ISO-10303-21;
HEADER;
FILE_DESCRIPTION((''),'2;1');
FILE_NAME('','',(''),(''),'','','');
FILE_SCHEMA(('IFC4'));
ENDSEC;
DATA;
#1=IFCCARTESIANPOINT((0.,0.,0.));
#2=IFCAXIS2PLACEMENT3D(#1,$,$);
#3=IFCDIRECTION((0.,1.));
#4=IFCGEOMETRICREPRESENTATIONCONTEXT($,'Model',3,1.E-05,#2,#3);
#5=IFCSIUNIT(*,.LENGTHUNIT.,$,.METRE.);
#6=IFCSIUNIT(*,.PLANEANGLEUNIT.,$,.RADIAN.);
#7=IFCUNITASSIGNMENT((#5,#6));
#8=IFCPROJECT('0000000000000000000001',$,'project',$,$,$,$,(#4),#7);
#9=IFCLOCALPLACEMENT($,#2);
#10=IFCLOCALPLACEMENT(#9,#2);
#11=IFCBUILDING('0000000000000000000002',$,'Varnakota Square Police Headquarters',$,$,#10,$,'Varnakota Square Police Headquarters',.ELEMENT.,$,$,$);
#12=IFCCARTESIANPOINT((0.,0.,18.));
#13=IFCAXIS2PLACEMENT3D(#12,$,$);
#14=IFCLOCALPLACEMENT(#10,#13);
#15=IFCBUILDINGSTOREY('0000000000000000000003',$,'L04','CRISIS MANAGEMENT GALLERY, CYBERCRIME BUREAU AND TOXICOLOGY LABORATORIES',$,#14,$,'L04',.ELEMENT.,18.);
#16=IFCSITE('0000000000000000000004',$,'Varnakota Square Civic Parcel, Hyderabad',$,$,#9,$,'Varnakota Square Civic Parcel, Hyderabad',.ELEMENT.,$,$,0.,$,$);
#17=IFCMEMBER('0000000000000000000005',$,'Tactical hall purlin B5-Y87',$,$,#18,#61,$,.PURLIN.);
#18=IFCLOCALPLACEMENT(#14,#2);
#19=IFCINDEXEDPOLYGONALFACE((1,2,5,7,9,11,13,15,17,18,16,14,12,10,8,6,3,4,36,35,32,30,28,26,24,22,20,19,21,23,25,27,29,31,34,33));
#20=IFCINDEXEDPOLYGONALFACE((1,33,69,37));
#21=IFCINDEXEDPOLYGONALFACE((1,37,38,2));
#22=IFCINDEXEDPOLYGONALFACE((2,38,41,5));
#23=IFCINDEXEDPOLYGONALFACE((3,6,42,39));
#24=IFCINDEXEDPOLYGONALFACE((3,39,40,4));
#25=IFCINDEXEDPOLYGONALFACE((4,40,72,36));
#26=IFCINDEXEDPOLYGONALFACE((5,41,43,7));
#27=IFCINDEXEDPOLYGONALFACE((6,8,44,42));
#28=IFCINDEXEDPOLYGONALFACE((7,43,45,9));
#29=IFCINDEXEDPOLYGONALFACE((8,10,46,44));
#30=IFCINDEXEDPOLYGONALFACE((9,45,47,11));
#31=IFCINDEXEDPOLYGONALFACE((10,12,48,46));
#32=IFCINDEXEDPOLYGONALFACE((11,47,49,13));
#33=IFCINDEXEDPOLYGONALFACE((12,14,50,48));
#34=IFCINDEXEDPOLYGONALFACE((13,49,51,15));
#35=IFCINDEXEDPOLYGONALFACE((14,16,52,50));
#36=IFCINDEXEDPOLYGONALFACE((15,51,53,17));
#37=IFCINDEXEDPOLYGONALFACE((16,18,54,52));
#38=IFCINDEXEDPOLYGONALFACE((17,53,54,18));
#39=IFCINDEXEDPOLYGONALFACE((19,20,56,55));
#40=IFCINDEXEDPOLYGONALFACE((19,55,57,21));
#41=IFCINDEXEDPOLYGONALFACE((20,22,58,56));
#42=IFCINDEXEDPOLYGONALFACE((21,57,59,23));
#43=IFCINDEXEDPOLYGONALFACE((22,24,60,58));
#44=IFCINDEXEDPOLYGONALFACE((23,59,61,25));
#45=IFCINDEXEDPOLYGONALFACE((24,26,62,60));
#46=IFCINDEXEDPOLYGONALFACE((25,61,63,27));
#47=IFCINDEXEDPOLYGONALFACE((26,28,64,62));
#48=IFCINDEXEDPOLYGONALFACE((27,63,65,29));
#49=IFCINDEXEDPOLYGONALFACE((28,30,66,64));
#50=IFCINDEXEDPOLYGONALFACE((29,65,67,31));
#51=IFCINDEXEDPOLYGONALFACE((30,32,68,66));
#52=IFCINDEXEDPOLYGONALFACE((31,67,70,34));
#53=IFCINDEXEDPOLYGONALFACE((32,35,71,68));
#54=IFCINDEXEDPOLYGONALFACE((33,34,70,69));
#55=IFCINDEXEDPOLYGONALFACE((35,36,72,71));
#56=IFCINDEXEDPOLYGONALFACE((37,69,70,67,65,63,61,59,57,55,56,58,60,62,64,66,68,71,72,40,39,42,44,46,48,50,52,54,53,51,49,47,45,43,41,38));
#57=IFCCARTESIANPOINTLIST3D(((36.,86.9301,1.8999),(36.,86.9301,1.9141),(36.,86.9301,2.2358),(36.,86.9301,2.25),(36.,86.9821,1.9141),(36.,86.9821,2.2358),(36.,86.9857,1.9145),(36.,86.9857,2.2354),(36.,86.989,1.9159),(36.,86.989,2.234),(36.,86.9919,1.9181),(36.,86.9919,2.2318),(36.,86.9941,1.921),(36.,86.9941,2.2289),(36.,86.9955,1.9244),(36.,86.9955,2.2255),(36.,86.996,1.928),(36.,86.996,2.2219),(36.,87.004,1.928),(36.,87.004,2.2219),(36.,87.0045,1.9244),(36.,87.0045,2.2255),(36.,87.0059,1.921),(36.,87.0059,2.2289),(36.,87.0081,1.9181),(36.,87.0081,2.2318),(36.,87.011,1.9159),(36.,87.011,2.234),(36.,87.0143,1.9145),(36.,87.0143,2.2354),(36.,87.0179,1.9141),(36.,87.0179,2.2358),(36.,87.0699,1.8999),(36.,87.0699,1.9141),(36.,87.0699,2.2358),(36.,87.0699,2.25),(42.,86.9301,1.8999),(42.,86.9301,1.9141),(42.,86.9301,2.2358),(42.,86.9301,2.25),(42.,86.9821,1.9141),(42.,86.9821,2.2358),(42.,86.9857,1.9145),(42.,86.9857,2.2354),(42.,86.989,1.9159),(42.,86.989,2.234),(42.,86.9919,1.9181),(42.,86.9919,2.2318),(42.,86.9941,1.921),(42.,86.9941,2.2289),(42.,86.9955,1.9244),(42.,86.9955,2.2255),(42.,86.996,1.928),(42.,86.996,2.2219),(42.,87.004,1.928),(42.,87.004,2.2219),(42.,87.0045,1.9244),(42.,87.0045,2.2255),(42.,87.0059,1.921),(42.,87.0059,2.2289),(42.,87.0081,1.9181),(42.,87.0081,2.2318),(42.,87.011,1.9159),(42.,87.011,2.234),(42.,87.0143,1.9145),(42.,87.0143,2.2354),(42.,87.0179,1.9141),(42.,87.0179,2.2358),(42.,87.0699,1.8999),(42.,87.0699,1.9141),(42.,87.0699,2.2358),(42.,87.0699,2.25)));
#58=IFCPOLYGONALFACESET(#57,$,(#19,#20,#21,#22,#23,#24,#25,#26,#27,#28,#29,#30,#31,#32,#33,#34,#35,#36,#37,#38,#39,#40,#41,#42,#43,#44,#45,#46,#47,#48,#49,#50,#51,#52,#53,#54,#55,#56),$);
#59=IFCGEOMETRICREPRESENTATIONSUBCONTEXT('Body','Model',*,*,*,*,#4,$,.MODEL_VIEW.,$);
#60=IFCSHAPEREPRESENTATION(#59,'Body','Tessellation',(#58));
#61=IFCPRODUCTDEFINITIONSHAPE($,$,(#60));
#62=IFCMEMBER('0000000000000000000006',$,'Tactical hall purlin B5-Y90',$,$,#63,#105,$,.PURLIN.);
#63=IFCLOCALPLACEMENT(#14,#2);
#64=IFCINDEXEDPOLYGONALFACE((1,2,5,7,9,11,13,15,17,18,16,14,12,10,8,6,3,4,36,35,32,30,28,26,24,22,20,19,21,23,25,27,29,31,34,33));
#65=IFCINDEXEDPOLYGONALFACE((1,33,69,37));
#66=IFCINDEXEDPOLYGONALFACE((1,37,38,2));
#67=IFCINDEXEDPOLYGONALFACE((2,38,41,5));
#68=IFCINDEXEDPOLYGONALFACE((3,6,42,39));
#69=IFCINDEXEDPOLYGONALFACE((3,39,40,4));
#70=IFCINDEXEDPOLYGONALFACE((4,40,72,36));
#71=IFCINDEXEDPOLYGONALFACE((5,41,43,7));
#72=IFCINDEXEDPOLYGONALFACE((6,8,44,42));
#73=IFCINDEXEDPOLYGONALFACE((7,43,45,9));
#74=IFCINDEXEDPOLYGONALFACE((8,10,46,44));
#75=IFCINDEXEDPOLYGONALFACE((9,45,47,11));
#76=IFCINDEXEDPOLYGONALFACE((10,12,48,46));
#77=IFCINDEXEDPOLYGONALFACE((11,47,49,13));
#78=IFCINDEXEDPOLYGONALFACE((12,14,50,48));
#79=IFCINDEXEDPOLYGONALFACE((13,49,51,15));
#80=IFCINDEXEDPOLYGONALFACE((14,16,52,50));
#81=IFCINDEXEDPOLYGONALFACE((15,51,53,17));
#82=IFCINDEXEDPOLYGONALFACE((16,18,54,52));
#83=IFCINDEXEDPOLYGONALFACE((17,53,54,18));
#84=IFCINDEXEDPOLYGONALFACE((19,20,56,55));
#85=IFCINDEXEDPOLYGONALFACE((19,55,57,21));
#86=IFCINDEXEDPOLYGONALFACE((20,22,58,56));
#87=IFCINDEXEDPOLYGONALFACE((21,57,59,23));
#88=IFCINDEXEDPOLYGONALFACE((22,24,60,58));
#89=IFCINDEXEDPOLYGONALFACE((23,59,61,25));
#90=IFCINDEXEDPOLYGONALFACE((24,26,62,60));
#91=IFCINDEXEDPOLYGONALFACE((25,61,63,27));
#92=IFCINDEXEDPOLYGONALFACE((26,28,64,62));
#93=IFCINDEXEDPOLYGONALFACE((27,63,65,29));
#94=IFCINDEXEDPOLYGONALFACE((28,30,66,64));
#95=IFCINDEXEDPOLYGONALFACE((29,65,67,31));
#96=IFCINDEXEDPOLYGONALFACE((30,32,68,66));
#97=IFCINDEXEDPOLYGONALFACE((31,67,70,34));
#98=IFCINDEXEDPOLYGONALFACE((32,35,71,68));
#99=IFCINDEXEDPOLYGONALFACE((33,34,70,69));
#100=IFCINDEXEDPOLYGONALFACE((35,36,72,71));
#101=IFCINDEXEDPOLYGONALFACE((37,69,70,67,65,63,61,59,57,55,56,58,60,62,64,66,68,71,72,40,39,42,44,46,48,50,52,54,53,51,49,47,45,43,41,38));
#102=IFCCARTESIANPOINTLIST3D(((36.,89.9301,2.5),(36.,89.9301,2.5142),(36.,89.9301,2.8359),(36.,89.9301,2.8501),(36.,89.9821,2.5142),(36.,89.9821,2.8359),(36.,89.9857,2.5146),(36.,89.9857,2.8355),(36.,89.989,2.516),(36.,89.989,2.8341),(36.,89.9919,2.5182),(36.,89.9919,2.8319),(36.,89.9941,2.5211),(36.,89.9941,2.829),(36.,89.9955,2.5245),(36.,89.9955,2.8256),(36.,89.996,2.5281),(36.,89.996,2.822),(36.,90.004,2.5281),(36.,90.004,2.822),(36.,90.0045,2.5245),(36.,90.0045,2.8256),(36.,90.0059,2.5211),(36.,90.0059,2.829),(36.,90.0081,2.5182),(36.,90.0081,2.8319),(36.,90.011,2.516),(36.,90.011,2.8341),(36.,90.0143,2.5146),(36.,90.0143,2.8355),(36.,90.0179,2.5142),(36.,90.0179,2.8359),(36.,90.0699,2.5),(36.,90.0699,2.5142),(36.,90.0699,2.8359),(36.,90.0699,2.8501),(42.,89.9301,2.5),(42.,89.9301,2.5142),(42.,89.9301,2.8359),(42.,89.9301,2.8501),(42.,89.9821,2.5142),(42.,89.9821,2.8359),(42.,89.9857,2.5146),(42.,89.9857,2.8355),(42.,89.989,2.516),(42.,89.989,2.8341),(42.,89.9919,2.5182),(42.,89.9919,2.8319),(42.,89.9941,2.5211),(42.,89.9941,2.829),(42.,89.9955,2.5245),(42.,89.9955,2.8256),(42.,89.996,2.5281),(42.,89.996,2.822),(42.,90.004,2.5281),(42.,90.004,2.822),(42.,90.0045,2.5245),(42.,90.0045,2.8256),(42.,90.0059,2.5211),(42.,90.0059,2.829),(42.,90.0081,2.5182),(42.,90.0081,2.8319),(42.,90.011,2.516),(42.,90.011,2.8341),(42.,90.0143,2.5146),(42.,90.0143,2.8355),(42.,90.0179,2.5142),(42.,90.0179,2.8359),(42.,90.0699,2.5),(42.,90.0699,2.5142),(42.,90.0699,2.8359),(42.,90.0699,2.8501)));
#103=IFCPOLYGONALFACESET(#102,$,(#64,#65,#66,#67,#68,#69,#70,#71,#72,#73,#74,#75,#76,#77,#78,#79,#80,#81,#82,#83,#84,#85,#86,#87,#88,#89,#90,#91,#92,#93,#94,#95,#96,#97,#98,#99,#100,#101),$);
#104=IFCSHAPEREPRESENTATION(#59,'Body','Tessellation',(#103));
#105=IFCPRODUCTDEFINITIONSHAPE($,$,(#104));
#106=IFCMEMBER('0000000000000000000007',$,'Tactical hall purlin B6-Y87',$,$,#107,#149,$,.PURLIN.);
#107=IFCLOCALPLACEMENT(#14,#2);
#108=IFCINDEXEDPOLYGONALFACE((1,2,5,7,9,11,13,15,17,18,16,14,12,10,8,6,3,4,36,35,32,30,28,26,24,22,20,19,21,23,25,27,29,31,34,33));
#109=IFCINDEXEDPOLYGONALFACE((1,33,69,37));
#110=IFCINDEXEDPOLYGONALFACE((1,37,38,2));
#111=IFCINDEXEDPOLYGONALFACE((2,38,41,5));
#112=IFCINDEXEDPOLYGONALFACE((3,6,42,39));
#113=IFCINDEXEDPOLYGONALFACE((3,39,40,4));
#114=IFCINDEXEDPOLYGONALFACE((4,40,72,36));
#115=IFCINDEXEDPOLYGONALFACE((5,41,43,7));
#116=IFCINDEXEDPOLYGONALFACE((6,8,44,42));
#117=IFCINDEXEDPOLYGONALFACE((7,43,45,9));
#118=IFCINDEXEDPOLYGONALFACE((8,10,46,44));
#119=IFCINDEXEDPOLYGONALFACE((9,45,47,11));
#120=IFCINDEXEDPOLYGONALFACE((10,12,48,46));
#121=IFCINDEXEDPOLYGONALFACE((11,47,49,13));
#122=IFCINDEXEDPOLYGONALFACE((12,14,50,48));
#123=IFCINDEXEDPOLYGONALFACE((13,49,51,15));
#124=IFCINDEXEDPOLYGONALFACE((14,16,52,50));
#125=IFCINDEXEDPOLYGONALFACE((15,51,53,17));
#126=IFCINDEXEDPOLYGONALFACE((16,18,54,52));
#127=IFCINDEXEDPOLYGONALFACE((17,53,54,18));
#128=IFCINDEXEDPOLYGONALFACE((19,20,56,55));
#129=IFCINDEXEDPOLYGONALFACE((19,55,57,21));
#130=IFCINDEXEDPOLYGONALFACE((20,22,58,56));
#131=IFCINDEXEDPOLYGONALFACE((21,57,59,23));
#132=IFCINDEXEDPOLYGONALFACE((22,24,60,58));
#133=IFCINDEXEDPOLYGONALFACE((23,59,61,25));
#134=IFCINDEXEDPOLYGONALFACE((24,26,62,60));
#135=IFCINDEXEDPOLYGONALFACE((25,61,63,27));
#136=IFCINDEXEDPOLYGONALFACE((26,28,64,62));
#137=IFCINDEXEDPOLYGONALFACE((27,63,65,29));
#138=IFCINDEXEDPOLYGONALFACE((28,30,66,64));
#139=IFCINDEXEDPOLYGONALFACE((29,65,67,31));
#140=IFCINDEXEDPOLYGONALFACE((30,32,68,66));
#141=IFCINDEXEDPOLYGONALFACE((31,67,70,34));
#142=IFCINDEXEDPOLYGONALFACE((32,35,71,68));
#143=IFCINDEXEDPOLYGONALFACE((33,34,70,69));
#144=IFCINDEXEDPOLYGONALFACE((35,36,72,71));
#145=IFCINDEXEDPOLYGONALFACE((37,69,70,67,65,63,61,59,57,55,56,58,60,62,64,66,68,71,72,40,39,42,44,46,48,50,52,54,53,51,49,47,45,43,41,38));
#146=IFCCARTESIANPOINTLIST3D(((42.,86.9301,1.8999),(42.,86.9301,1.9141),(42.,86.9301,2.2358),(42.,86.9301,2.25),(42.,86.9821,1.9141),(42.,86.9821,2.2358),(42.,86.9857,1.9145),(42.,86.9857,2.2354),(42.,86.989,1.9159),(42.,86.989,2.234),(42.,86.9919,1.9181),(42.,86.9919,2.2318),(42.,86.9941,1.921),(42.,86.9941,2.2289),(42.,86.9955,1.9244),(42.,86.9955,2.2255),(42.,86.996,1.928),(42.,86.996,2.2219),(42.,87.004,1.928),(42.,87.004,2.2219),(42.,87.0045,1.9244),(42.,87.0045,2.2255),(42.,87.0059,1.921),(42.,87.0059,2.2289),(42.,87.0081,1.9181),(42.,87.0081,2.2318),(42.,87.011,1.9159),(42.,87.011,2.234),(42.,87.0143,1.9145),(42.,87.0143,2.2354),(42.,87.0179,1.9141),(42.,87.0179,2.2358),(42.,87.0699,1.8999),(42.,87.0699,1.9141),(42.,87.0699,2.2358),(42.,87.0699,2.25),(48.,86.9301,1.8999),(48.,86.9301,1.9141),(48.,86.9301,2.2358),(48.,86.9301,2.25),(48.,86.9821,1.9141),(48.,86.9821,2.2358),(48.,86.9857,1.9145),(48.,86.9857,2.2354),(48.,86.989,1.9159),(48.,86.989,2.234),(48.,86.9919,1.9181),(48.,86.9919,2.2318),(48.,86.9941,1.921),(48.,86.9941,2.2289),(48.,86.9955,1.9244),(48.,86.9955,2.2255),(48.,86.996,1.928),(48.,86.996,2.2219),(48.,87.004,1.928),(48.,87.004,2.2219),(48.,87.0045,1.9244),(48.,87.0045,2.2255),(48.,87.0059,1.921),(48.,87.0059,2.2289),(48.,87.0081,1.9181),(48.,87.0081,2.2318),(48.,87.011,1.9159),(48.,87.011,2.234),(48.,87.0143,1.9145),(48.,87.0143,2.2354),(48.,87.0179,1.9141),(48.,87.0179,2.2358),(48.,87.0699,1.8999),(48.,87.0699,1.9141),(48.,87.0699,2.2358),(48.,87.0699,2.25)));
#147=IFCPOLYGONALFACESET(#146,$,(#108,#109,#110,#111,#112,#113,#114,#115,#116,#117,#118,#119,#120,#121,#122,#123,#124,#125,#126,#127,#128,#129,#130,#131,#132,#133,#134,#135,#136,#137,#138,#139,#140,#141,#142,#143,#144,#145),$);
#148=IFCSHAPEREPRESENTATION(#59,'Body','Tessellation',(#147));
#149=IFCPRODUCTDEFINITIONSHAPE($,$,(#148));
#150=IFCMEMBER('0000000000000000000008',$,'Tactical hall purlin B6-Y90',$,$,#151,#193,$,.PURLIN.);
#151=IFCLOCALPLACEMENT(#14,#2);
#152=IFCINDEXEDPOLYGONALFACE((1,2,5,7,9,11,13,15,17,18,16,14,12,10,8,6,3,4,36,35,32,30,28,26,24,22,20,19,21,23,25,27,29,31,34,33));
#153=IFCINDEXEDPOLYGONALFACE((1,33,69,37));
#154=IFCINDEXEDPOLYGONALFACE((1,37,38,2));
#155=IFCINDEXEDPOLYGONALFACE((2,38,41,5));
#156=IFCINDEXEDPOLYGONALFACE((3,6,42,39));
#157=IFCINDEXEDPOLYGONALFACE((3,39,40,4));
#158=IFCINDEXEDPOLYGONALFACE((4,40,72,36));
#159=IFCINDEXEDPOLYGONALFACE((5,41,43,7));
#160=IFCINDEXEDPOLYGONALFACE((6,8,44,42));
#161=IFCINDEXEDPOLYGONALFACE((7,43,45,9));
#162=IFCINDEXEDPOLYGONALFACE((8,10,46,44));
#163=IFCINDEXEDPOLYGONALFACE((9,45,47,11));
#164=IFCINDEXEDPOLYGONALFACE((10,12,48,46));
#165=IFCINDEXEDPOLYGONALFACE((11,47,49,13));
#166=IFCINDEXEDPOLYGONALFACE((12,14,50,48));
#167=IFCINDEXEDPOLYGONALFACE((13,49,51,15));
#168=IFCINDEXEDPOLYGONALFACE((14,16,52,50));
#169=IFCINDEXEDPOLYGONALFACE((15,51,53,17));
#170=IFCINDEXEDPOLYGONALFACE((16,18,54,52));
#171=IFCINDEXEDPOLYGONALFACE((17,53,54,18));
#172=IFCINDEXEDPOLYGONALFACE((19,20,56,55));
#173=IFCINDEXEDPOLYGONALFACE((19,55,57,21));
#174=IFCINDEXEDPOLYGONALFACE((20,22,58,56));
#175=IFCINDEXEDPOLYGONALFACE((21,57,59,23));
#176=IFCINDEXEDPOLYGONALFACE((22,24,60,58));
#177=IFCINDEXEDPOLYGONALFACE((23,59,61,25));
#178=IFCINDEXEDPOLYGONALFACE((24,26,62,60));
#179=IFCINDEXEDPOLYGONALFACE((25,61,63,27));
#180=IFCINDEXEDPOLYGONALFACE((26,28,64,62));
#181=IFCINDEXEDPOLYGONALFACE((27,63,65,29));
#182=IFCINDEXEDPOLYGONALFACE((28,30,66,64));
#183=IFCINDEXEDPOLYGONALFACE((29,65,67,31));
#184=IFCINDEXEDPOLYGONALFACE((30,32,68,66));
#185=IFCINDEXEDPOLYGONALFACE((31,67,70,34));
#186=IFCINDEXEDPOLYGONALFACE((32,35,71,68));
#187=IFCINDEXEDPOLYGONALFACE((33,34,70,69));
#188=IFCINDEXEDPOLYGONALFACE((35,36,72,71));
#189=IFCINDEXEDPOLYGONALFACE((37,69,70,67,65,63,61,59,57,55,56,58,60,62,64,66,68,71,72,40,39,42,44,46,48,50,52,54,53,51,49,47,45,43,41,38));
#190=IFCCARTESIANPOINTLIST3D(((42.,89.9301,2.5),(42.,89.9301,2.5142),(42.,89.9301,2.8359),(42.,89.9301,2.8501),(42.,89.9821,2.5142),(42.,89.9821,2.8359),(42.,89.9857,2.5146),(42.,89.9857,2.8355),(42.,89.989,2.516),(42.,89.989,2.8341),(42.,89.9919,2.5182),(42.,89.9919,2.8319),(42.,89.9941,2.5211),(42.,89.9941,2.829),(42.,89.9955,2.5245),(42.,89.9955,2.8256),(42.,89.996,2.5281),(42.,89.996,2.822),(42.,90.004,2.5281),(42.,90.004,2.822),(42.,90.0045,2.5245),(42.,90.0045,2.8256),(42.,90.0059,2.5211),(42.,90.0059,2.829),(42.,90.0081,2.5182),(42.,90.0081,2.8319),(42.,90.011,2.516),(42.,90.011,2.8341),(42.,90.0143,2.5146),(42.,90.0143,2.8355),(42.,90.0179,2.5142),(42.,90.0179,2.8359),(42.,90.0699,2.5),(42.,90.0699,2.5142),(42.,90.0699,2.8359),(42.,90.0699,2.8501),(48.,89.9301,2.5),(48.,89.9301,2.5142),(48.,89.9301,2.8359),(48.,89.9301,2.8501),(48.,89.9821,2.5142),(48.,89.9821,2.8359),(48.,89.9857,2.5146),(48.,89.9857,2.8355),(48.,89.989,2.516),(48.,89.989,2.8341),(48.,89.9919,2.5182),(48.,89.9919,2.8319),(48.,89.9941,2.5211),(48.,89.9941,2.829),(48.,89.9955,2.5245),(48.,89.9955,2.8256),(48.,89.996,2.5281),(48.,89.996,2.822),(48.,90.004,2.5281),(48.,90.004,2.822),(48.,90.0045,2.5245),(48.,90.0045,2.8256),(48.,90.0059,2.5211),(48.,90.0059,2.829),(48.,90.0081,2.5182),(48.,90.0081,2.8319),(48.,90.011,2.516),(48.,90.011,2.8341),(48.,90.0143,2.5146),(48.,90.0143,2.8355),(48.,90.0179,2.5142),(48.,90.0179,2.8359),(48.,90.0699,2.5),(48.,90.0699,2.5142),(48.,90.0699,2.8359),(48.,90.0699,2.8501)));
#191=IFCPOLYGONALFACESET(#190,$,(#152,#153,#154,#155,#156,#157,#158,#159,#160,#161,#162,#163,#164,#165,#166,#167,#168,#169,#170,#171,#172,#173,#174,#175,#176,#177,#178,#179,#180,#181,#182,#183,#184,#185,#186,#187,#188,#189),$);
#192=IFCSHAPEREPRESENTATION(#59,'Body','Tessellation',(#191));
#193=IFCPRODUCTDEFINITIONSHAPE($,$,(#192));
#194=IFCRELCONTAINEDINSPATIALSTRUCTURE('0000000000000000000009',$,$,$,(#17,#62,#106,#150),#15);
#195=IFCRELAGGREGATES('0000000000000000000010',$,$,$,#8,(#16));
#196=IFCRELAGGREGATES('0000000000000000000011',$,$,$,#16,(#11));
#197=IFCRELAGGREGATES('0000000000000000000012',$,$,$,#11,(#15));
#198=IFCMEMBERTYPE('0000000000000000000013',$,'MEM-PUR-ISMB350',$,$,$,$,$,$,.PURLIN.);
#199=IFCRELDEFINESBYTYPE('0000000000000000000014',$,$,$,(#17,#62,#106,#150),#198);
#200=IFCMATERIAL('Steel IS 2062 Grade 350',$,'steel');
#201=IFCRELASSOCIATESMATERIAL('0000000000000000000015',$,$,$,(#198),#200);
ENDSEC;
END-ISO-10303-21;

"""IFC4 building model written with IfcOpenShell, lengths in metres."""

from ifc_helpers import new_model, si_unit, direction, frame, origin, origin_2d, place, context, subcontext, project, spatial, i_section, extrude, material, material_profile, profile_set, type_object, element, save


model = new_model("IFC4")

# Units and contexts
model_context = context("Model", 3, precision=1e-05, world=origin(), true_north=direction((0.0, 1.0)))
body_context = subcontext(model_context, "Body", "Model", "MODEL_VIEW")
ifc_project = project(units=[si_unit("LENGTHUNIT", "METRE"), si_unit("PLANEANGLEUNIT", "RADIAN")], contexts=[model_context])

# Site, building, storey
site_placement = place(None, origin())
site = spatial("IfcSite", under=ifc_project, at=site_placement, Name="Varnakota Square Civic Parcel, Hyderabad", LongName="Varnakota Square Civic Parcel, Hyderabad", CompositionType="ELEMENT", RefElevation=0.0)
building_placement = place(site_placement, origin())
building = spatial("IfcBuilding", under=site, at=building_placement, Name="Varnakota Square Police Headquarters", LongName="Varnakota Square Police Headquarters", CompositionType="ELEMENT")
storey_placement = place(building_placement, frame((0.0, 0.0, 18.0)))
storey = spatial("IfcBuildingStorey", under=building, at=storey_placement, Name="L04", Description="CRISIS MANAGEMENT GALLERY, CYBERCRIME BUREAU AND TOXICOLOGY LABORATORIES", LongName="L04", CompositionType="ELEMENT", Elevation=18.0)

# Shared definitions
ifc_material_1 = material(Name="Steel IS 2062 Grade 350", Category="steel")

# Members
ifc_material_profile_1 = material_profile(ifc_material_1, i_section(OverallWidth=0.1399, OverallDepth=0.3501, WebThickness=0.0081, FlangeThickness=0.0142, FilletRadius=0.0139, at=origin_2d()), Name="ISMB 350")
ifc_profile_set_1 = profile_set([ifc_material_profile_1], Name="Steel IS 2062 Grade 350")
member_type_1 = type_object("IfcMemberType", Name="MEM-PUR-ISMB350", PredefinedType="PURLIN", material=ifc_profile_set_1)
for number, where, z_axis, x_axis, name in (
    (1, (36.0, 87.0, 2.075), (1.0, 0.0, 0.0), (0.0, 1.0, 0.0), "Tactical hall purlin B5-Y87"),
    (2, (36.0, 90.0, 2.675), (1.0, 0.0, 0.0), (0.0, 1.0, 0.0), "Tactical hall purlin B5-Y90"),
    (3, (42.0, 87.0, 2.075), (1.0, 0.0, 0.0), (0.0, 1.0, 0.0), "Tactical hall purlin B6-Y87"),
    (4, (42.0, 90.0, 2.675), (1.0, 0.0, 0.0), (0.0, 1.0, 0.0), "Tactical hall purlin B6-Y90"),
):
    element("IfcMember", number, at=place(storey_placement, frame(where, z_axis=z_axis, x_axis=x_axis)), inside=storey, type_object=member_type_1, Name=name, PredefinedType="PURLIN", context=body_context, shape_type="SweptSolid", body=[
        extrude(i_section(OverallWidth=0.1399, OverallDepth=0.3501, WebThickness=0.0081, FlangeThickness=0.0142, FilletRadius=0.0139, at=origin_2d()), origin(), (0.0, 0.0, 1.0), 6.0),
    ])

save(model, "model.ifc")
